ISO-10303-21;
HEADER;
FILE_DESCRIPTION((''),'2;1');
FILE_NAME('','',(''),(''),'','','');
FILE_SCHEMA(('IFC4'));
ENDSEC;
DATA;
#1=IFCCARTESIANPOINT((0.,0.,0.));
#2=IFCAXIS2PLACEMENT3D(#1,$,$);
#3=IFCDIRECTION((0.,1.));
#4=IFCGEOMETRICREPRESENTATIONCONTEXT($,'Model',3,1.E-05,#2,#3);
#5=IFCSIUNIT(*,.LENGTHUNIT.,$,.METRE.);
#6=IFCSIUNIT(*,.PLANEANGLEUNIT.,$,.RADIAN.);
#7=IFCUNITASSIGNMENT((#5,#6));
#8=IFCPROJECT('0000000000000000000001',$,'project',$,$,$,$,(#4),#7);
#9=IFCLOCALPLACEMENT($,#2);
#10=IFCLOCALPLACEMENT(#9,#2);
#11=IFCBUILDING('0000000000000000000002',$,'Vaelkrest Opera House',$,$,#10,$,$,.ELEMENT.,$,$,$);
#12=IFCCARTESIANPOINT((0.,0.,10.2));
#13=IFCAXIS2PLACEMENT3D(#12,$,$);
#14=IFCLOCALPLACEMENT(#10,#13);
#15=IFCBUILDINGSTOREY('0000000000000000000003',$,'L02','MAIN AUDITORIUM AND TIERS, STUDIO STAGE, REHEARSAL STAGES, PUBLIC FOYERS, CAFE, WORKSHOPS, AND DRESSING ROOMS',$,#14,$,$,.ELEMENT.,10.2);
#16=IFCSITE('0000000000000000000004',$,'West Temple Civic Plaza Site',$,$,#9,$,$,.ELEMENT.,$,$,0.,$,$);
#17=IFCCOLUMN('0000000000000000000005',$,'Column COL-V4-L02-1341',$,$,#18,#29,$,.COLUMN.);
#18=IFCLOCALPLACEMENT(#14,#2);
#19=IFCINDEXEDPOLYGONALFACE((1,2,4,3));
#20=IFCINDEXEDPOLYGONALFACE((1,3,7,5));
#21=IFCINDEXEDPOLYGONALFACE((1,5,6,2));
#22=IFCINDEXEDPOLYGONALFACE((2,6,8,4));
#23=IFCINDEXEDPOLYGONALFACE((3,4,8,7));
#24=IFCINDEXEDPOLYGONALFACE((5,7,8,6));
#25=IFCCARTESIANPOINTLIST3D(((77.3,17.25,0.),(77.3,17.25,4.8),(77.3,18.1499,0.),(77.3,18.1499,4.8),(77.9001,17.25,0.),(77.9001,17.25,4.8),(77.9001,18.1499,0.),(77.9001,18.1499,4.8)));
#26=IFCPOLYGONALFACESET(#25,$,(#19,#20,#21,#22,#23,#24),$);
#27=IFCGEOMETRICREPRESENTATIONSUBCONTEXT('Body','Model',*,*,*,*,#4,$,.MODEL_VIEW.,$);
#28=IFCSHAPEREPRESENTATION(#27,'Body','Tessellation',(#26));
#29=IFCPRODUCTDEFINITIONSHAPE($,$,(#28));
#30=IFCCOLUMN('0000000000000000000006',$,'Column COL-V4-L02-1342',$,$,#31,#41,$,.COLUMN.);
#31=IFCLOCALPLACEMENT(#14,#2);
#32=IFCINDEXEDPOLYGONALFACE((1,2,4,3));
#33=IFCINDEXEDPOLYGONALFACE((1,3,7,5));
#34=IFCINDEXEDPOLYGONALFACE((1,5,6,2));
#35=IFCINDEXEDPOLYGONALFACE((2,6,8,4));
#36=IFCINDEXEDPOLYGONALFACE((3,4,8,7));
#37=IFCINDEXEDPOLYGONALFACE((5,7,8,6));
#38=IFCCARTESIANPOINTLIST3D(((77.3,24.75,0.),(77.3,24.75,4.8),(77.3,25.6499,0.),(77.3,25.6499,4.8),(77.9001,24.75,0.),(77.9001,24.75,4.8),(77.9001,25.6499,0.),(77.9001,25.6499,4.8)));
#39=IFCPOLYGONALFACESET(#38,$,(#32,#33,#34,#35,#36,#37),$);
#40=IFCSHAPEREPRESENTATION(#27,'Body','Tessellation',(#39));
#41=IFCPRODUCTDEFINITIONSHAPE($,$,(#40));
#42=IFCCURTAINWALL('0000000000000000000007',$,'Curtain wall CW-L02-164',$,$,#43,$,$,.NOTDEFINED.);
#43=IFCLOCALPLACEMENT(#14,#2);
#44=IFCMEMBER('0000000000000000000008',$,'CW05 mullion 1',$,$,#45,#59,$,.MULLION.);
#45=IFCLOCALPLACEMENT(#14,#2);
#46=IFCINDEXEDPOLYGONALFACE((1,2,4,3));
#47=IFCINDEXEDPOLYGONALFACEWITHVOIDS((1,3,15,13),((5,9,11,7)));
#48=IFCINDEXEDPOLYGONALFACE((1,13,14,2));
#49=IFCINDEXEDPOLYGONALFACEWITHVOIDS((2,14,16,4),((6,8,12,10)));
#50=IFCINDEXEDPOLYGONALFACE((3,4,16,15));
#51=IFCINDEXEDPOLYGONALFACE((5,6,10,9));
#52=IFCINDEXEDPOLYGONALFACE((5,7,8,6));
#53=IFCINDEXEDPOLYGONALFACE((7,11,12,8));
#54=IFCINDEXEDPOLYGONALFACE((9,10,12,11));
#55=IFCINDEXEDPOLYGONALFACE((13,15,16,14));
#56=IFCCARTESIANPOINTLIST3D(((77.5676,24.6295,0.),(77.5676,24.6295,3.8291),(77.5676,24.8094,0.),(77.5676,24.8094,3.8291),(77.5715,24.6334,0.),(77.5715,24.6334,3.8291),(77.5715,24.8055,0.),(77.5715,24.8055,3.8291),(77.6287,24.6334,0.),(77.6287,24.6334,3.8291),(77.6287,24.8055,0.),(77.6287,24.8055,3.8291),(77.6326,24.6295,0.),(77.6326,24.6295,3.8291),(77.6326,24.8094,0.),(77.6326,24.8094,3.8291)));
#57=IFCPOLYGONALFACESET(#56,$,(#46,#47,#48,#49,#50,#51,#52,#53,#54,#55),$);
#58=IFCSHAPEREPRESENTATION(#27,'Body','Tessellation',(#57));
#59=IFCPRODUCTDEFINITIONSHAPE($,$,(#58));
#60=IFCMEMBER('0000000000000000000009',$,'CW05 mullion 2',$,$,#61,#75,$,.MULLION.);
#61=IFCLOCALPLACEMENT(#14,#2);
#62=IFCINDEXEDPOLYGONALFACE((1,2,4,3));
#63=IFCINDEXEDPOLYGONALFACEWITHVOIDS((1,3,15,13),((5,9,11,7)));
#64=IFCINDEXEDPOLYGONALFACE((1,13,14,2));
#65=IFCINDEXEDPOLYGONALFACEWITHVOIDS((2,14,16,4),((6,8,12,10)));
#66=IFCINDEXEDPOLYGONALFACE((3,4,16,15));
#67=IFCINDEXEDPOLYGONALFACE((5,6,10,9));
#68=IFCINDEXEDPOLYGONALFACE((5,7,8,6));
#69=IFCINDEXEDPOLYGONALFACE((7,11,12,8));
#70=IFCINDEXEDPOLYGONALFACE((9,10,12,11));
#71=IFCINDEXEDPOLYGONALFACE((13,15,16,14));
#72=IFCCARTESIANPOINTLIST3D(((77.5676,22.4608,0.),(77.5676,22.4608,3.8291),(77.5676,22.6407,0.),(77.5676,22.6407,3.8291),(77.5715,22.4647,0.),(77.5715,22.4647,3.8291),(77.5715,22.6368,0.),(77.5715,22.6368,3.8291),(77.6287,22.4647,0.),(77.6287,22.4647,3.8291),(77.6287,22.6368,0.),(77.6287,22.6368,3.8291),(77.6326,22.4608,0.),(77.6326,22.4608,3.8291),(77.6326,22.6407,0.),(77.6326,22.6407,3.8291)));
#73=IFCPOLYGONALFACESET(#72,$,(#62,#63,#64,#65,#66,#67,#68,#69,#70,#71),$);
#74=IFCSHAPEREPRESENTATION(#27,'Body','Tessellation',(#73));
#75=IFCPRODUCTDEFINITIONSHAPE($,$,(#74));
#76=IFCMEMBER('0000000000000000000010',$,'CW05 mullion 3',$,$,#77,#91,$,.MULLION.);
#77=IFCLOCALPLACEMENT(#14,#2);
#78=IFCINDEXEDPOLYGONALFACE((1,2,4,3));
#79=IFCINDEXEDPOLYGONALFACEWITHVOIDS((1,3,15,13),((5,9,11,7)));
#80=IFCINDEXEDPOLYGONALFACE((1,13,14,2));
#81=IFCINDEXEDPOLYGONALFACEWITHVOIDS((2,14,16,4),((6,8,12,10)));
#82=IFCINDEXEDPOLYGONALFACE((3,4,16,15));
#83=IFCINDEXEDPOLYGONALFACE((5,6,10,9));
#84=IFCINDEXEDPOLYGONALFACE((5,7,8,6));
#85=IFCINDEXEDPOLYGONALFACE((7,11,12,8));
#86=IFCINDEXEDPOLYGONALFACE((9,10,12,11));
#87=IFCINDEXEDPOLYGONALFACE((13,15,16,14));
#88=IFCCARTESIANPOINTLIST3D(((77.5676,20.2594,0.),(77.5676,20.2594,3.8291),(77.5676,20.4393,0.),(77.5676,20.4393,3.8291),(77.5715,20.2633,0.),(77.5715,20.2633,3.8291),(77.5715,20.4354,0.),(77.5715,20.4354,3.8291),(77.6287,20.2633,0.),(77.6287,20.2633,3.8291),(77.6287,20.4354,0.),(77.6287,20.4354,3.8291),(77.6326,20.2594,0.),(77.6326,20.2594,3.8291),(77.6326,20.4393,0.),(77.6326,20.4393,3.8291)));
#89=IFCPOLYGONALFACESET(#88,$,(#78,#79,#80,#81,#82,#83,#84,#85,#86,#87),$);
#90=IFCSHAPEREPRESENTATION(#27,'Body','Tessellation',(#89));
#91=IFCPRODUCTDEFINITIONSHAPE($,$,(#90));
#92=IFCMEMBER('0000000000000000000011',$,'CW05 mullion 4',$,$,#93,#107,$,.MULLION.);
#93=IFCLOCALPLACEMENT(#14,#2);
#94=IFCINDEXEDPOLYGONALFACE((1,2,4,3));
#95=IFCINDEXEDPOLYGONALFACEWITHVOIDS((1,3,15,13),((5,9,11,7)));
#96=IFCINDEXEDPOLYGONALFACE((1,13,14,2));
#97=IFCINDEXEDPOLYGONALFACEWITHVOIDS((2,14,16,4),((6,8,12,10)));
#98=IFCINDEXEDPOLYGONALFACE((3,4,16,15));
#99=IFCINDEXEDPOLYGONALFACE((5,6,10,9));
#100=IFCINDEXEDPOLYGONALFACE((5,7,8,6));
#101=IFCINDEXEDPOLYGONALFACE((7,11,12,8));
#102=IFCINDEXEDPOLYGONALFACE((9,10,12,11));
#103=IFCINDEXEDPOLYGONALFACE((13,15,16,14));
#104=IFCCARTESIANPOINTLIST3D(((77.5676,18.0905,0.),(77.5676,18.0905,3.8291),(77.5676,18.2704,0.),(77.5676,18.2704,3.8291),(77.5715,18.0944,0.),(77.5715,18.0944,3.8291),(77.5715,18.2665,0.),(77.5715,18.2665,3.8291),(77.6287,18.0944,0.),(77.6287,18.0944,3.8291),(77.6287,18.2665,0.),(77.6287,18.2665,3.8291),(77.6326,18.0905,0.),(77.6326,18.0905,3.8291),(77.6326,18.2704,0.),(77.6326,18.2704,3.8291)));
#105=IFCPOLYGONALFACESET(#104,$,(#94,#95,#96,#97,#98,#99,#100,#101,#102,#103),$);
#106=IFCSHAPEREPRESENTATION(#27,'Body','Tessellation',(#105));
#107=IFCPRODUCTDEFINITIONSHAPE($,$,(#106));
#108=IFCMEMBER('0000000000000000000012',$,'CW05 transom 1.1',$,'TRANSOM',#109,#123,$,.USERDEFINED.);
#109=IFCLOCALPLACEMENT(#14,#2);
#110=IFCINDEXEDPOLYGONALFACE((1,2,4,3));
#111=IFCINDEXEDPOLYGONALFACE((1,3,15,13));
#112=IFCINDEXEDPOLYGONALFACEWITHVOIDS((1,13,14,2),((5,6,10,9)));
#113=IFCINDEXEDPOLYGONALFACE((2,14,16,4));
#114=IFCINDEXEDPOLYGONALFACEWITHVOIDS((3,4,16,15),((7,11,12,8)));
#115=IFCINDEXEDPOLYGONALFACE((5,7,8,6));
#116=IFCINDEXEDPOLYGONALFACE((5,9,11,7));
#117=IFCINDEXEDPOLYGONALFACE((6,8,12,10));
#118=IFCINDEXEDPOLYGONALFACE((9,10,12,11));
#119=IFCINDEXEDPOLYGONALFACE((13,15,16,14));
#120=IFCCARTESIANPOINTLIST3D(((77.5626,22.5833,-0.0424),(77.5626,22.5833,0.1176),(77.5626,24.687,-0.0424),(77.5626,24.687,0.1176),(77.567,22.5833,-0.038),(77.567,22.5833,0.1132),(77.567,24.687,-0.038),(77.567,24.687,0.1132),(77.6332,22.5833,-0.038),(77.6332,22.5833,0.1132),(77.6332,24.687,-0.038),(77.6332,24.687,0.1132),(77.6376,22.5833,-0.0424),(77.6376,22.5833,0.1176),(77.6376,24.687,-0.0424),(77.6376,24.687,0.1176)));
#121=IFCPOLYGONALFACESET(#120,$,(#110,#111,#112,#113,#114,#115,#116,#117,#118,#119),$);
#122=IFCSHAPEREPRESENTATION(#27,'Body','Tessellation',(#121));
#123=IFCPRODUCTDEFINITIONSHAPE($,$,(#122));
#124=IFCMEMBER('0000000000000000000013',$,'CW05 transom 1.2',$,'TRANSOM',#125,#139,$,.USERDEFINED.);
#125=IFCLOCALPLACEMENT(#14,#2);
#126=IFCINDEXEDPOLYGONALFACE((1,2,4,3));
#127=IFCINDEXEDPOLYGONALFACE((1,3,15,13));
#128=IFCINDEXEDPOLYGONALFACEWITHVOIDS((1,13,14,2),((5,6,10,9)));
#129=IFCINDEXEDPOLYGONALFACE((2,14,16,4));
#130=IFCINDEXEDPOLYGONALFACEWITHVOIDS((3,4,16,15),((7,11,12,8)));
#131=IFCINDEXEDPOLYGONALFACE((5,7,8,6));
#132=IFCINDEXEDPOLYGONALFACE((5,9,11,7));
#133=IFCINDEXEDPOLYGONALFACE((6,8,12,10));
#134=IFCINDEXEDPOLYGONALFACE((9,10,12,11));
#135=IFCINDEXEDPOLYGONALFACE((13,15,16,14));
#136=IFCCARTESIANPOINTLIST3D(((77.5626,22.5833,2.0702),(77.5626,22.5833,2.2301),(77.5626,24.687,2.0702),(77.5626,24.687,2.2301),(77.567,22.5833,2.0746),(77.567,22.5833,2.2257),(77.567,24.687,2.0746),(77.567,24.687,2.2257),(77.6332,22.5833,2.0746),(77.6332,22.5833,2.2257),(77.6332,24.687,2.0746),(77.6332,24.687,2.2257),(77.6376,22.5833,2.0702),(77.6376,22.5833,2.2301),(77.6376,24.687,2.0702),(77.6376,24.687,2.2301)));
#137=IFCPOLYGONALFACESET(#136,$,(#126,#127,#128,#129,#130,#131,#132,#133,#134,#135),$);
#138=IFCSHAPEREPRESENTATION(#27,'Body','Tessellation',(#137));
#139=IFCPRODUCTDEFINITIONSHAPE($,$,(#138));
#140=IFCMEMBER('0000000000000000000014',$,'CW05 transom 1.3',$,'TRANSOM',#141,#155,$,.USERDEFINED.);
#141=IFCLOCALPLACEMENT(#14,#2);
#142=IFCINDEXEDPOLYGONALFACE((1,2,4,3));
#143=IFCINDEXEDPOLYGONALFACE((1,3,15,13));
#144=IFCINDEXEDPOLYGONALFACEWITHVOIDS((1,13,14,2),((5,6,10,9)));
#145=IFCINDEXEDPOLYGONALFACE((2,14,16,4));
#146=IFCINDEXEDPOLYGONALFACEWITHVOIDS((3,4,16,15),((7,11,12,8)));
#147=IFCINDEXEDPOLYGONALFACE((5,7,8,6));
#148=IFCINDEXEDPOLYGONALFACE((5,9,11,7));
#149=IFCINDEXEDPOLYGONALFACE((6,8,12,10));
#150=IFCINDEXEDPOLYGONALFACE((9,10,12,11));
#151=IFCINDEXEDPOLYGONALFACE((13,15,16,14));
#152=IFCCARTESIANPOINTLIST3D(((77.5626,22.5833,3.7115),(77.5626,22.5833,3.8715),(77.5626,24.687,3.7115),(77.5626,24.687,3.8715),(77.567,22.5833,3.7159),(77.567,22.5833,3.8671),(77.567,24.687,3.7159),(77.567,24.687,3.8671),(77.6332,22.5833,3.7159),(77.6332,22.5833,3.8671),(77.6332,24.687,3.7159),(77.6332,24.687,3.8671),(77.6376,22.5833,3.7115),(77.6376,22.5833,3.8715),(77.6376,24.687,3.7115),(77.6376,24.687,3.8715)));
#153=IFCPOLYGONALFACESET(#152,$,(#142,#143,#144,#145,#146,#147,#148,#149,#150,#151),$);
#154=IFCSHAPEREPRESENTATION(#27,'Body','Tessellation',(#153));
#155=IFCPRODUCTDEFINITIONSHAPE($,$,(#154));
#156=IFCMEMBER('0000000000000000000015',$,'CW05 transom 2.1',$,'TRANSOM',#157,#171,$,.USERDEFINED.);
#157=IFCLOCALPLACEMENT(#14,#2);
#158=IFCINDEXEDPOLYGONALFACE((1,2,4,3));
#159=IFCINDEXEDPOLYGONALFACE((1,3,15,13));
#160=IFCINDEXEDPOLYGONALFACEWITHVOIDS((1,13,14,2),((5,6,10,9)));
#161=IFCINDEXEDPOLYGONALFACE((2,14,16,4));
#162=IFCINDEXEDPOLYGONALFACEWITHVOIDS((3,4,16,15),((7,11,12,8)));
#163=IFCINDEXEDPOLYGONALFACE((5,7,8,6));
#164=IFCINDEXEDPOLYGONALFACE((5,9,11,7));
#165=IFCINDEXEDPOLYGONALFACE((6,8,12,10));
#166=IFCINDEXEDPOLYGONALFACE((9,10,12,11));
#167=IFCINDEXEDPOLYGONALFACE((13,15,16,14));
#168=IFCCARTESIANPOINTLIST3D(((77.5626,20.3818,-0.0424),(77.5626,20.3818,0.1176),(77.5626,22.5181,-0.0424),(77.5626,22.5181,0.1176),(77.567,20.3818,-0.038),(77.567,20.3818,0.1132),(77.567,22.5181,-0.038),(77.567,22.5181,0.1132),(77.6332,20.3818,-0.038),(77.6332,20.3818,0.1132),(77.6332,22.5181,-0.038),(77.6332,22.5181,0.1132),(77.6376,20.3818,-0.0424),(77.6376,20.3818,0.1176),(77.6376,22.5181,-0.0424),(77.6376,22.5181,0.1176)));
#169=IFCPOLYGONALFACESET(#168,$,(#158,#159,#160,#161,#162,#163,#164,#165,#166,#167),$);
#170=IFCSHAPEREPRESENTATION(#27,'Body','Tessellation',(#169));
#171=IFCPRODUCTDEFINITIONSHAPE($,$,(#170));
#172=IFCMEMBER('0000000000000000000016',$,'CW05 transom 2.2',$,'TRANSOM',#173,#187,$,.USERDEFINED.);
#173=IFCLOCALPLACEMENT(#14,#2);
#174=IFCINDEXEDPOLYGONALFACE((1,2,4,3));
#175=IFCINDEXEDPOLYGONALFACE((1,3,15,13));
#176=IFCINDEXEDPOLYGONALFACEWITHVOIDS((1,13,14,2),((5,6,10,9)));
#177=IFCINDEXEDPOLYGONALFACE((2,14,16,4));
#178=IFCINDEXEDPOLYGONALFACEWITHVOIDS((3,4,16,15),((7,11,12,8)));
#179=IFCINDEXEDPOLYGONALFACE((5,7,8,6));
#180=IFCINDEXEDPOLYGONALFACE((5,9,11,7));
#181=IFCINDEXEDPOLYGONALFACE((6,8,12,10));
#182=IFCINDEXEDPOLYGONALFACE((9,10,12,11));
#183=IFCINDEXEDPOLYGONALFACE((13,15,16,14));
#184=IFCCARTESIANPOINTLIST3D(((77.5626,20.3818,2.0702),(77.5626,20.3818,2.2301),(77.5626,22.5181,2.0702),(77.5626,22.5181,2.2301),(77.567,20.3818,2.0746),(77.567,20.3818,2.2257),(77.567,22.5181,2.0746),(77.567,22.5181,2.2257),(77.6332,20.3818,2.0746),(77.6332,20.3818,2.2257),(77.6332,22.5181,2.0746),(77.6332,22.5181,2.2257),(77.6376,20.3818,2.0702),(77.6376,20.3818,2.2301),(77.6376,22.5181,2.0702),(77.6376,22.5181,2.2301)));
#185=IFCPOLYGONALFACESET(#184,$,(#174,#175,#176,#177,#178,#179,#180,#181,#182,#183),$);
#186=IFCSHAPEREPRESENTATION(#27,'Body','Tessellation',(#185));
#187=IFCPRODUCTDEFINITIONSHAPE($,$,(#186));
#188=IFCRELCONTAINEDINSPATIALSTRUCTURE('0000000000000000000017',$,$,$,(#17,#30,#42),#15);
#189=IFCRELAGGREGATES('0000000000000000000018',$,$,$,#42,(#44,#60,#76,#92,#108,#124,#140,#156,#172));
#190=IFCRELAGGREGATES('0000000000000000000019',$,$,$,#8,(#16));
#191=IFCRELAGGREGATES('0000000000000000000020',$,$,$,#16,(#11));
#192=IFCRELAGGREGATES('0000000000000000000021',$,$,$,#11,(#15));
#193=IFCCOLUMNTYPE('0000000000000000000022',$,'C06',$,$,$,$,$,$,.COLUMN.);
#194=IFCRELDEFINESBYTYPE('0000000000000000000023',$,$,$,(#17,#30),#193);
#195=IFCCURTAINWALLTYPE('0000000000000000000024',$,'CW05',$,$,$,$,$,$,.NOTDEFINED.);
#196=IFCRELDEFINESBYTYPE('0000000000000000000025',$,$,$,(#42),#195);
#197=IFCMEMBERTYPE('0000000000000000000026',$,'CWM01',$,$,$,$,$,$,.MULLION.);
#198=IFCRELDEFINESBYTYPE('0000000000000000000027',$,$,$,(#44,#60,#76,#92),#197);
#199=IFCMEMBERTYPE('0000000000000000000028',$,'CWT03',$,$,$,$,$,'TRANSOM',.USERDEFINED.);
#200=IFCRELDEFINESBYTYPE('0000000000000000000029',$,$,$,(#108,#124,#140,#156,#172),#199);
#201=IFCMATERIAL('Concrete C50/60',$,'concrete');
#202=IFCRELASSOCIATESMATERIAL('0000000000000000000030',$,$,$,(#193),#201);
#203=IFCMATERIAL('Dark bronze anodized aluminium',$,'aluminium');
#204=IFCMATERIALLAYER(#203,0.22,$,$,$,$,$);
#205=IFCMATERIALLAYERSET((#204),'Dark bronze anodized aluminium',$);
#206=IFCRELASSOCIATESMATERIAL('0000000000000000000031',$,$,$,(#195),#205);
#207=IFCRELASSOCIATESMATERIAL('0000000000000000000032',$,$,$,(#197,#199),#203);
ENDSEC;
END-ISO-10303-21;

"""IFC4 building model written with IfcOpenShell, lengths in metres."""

from ifc_helpers import new_model, si_unit, direction, frame, origin, origin_2d, place, context, subcontext, project, spatial, rectangle, hollow_rectangle, extrude, material, layer, layer_set, material_profile, profile_set, type_object, element, aggregate, save


model = new_model("IFC4")

# Units and contexts
model_context = context("Model", 3, precision=1e-05, world=origin(), true_north=direction((0.0, 1.0)))
body_context = subcontext(model_context, "Body", "Model", "MODEL_VIEW")
ifc_project = project(units=[si_unit("LENGTHUNIT", "METRE"), si_unit("PLANEANGLEUNIT", "RADIAN")], contexts=[model_context])

# Site, building, storey
site_placement = place(None, origin())
site = spatial("IfcSite", under=ifc_project, at=site_placement, Name="West Temple Civic Plaza Site", CompositionType="ELEMENT", RefElevation=0.0)
building_placement = place(site_placement, origin())
building = spatial("IfcBuilding", under=site, at=building_placement, Name="Vaelkrest Opera House", CompositionType="ELEMENT")
storey_placement = place(building_placement, frame((0.0, 0.0, 10.2)))
storey = spatial("IfcBuildingStorey", under=building, at=storey_placement, Name="L02", Description="MAIN AUDITORIUM AND TIERS, STUDIO STAGE, REHEARSAL STAGES, PUBLIC FOYERS, CAFE, WORKSHOPS, AND DRESSING ROOMS", CompositionType="ELEMENT", Elevation=10.2)

# Columns
ifc_material_1 = material(Name="Concrete C50/60", Category="concrete")
ifc_material_profile_1 = material_profile(ifc_material_1, rectangle(XDim=0.6001, YDim=0.8999, at=origin_2d()), Name="RC600X900")
ifc_profile_set_1 = profile_set([ifc_material_profile_1], Name="Concrete C50/60")
column_type = type_object("IfcColumnType", Name="C06", PredefinedType="COLUMN", material=ifc_profile_set_1)
for number, where, z_axis, x_axis, name in (
    (1, (77.6001, 17.7, 0.0), (0.0, 0.0, 1.0), (1.0, 0.0, 0.0), "Column COL-V4-L02-1341"),
    (2, (77.6001, 25.2, 0.0), (0.0, 0.0, 1.0), (1.0, 0.0, 0.0), "Column COL-V4-L02-1342"),
):
    element("IfcColumn", number, at=place(storey_placement, frame(where, z_axis=z_axis, x_axis=x_axis)), inside=storey, type_object=column_type, Name=name, PredefinedType="COLUMN", context=body_context, shape_type="SweptSolid", body=[
        extrude(rectangle(XDim=0.6001, YDim=0.8999, at=origin_2d()), origin(), (0.0, 0.0, 1.0), 4.8),
    ])

# Curtain wall, members
ifc_material_2 = material(Name="Dark bronze anodized aluminium", Category="aluminium")
ifc_layer_1 = layer(ifc_material_2, 0.22)
ifc_layer_set_1 = layer_set([ifc_layer_1], Name="Dark bronze anodized aluminium")
curtain_wall_type = type_object("IfcCurtainWallType", Name="CW05", PredefinedType="NOTDEFINED", material=ifc_layer_set_1)
curtain_wall_placement = place(storey_placement, origin())
curtain_wall = element("IfcCurtainWall", 3, at=curtain_wall_placement, inside=storey, type_object=curtain_wall_type, Name="Curtain wall CW-L02-164", PredefinedType="NOTDEFINED")
ifc_material_profile_2 = material_profile(ifc_material_2, hollow_rectangle(XDim=0.0649, YDim=0.1799, WallThickness=0.0039, at=origin_2d()), Name="CWM65X180")
ifc_profile_set_2 = profile_set([ifc_material_profile_2], Name="Dark bronze anodized aluminium")
member_type_1 = type_object("IfcMemberType", Name="CWM01", PredefinedType="MULLION", material=ifc_profile_set_2)
member_1_placement = place(storey_placement, frame((77.6001, 24.7195, 0.0), z_axis=(0.0, 0.0, 1.0), x_axis=(1.0, 0.0, 0.0)))
member_1 = element("IfcMember", 4, at=member_1_placement, type_object=member_type_1, Name="CW05 mullion 1", PredefinedType="MULLION", context=body_context, shape_type="SweptSolid", body=[
    extrude(hollow_rectangle(XDim=0.0649, YDim=0.1799, WallThickness=0.0039, at=origin_2d()), origin(), (0.0, 0.0, 1.0), 3.8291),
])
member_2_placement = place(storey_placement, frame((77.6001, 22.5508, 0.0), z_axis=(0.0, 0.0, 1.0), x_axis=(1.0, 0.0, 0.0)))
member_2 = element("IfcMember", 5, at=member_2_placement, type_object=member_type_1, Name="CW05 mullion 2", PredefinedType="MULLION", context=body_context, shape_type="SweptSolid", body=[
    extrude(hollow_rectangle(XDim=0.0649, YDim=0.1799, WallThickness=0.0039, at=origin_2d()), origin(), (0.0, 0.0, 1.0), 3.8291),
])
member_3_placement = place(storey_placement, frame((77.6001, 20.3494, 0.0), z_axis=(0.0, 0.0, 1.0), x_axis=(1.0, 0.0, 0.0)))
member_3 = element("IfcMember", 6, at=member_3_placement, type_object=member_type_1, Name="CW05 mullion 3", PredefinedType="MULLION", context=body_context, shape_type="SweptSolid", body=[
    extrude(hollow_rectangle(XDim=0.0649, YDim=0.1799, WallThickness=0.0039, at=origin_2d()), origin(), (0.0, 0.0, 1.0), 3.8291),
])
member_4_placement = place(storey_placement, frame((77.6001, 18.1804, 0.0), z_axis=(0.0, 0.0, 1.0), x_axis=(1.0, 0.0, 0.0)))
member_4 = element("IfcMember", 7, at=member_4_placement, type_object=member_type_1, Name="CW05 mullion 4", PredefinedType="MULLION", context=body_context, shape_type="SweptSolid", body=[
    extrude(hollow_rectangle(XDim=0.0649, YDim=0.1799, WallThickness=0.0039, at=origin_2d()), origin(), (0.0, 0.0, 1.0), 3.8291),
])
ifc_material_profile_3 = material_profile(ifc_material_2, hollow_rectangle(XDim=0.075, YDim=0.1599, WallThickness=0.0044, at=origin_2d()), Name="CWT75X160")
ifc_profile_set_3 = profile_set([ifc_material_profile_3], Name="Dark bronze anodized aluminium")
member_type_2 = type_object("IfcMemberType", Name="CWT03", ElementType="TRANSOM", PredefinedType="USERDEFINED", material=ifc_profile_set_3)
member_5_placement = place(storey_placement, frame((77.6001, 24.687, 0.0376), z_axis=(0.0, -1.0, 0.0), x_axis=(1.0, 0.0, 0.0)))
member_5 = element("IfcMember", 8, at=member_5_placement, type_object=member_type_2, Name="CW05 transom 1.1", ObjectType="TRANSOM", PredefinedType="USERDEFINED", context=body_context, shape_type="SweptSolid", body=[
    extrude(hollow_rectangle(XDim=0.075, YDim=0.1599, WallThickness=0.0044, at=origin_2d()), origin(), (0.0, 0.0, 1.0), 2.1038),
])
member_6_placement = place(storey_placement, frame((77.6001, 24.687, 2.1501), z_axis=(0.0, -1.0, 0.0), x_axis=(1.0, 0.0, 0.0)))
member_6 = element("IfcMember", 9, at=member_6_placement, type_object=member_type_2, Name="CW05 transom 1.2", ObjectType="TRANSOM", PredefinedType="USERDEFINED", context=body_context, shape_type="SweptSolid", body=[
    extrude(hollow_rectangle(XDim=0.075, YDim=0.1599, WallThickness=0.0044, at=origin_2d()), origin(), (0.0, 0.0, 1.0), 2.1038),
])
member_7_placement = place(storey_placement, frame((77.6001, 24.687, 3.7915), z_axis=(0.0, -1.0, 0.0), x_axis=(1.0, 0.0, 0.0)))
member_7 = element("IfcMember", 10, at=member_7_placement, type_object=member_type_2, Name="CW05 transom 1.3", ObjectType="TRANSOM", PredefinedType="USERDEFINED", context=body_context, shape_type="SweptSolid", body=[
    extrude(hollow_rectangle(XDim=0.075, YDim=0.1599, WallThickness=0.0044, at=origin_2d()), origin(), (0.0, 0.0, 1.0), 2.1038),
])
member_8_placement = place(storey_placement, frame((77.6001, 22.5181, 0.0376), z_axis=(0.0, -1.0, 0.0), x_axis=(1.0, 0.0, 0.0)))
member_8 = element("IfcMember", 11, at=member_8_placement, type_object=member_type_2, Name="CW05 transom 2.1", ObjectType="TRANSOM", PredefinedType="USERDEFINED", context=body_context, shape_type="SweptSolid", body=[
    extrude(hollow_rectangle(XDim=0.075, YDim=0.1599, WallThickness=0.0044, at=origin_2d()), origin(), (0.0, 0.0, 1.0), 2.1362),
])
member_9_placement = place(storey_placement, frame((77.6001, 22.5181, 2.1501), z_axis=(0.0, -1.0, 0.0), x_axis=(1.0, 0.0, 0.0)))
member_9 = element("IfcMember", 12, at=member_9_placement, type_object=member_type_2, Name="CW05 transom 2.2", ObjectType="TRANSOM", PredefinedType="USERDEFINED", context=body_context, shape_type="SweptSolid", body=[
    extrude(hollow_rectangle(XDim=0.075, YDim=0.1599, WallThickness=0.0044, at=origin_2d()), origin(), (0.0, 0.0, 1.0), 2.1362),
])

aggregate(curtain_wall, [member_1, member_2, member_3, member_4, member_5, member_6, member_7, member_8, member_9])

save(model, "model.ifc")
